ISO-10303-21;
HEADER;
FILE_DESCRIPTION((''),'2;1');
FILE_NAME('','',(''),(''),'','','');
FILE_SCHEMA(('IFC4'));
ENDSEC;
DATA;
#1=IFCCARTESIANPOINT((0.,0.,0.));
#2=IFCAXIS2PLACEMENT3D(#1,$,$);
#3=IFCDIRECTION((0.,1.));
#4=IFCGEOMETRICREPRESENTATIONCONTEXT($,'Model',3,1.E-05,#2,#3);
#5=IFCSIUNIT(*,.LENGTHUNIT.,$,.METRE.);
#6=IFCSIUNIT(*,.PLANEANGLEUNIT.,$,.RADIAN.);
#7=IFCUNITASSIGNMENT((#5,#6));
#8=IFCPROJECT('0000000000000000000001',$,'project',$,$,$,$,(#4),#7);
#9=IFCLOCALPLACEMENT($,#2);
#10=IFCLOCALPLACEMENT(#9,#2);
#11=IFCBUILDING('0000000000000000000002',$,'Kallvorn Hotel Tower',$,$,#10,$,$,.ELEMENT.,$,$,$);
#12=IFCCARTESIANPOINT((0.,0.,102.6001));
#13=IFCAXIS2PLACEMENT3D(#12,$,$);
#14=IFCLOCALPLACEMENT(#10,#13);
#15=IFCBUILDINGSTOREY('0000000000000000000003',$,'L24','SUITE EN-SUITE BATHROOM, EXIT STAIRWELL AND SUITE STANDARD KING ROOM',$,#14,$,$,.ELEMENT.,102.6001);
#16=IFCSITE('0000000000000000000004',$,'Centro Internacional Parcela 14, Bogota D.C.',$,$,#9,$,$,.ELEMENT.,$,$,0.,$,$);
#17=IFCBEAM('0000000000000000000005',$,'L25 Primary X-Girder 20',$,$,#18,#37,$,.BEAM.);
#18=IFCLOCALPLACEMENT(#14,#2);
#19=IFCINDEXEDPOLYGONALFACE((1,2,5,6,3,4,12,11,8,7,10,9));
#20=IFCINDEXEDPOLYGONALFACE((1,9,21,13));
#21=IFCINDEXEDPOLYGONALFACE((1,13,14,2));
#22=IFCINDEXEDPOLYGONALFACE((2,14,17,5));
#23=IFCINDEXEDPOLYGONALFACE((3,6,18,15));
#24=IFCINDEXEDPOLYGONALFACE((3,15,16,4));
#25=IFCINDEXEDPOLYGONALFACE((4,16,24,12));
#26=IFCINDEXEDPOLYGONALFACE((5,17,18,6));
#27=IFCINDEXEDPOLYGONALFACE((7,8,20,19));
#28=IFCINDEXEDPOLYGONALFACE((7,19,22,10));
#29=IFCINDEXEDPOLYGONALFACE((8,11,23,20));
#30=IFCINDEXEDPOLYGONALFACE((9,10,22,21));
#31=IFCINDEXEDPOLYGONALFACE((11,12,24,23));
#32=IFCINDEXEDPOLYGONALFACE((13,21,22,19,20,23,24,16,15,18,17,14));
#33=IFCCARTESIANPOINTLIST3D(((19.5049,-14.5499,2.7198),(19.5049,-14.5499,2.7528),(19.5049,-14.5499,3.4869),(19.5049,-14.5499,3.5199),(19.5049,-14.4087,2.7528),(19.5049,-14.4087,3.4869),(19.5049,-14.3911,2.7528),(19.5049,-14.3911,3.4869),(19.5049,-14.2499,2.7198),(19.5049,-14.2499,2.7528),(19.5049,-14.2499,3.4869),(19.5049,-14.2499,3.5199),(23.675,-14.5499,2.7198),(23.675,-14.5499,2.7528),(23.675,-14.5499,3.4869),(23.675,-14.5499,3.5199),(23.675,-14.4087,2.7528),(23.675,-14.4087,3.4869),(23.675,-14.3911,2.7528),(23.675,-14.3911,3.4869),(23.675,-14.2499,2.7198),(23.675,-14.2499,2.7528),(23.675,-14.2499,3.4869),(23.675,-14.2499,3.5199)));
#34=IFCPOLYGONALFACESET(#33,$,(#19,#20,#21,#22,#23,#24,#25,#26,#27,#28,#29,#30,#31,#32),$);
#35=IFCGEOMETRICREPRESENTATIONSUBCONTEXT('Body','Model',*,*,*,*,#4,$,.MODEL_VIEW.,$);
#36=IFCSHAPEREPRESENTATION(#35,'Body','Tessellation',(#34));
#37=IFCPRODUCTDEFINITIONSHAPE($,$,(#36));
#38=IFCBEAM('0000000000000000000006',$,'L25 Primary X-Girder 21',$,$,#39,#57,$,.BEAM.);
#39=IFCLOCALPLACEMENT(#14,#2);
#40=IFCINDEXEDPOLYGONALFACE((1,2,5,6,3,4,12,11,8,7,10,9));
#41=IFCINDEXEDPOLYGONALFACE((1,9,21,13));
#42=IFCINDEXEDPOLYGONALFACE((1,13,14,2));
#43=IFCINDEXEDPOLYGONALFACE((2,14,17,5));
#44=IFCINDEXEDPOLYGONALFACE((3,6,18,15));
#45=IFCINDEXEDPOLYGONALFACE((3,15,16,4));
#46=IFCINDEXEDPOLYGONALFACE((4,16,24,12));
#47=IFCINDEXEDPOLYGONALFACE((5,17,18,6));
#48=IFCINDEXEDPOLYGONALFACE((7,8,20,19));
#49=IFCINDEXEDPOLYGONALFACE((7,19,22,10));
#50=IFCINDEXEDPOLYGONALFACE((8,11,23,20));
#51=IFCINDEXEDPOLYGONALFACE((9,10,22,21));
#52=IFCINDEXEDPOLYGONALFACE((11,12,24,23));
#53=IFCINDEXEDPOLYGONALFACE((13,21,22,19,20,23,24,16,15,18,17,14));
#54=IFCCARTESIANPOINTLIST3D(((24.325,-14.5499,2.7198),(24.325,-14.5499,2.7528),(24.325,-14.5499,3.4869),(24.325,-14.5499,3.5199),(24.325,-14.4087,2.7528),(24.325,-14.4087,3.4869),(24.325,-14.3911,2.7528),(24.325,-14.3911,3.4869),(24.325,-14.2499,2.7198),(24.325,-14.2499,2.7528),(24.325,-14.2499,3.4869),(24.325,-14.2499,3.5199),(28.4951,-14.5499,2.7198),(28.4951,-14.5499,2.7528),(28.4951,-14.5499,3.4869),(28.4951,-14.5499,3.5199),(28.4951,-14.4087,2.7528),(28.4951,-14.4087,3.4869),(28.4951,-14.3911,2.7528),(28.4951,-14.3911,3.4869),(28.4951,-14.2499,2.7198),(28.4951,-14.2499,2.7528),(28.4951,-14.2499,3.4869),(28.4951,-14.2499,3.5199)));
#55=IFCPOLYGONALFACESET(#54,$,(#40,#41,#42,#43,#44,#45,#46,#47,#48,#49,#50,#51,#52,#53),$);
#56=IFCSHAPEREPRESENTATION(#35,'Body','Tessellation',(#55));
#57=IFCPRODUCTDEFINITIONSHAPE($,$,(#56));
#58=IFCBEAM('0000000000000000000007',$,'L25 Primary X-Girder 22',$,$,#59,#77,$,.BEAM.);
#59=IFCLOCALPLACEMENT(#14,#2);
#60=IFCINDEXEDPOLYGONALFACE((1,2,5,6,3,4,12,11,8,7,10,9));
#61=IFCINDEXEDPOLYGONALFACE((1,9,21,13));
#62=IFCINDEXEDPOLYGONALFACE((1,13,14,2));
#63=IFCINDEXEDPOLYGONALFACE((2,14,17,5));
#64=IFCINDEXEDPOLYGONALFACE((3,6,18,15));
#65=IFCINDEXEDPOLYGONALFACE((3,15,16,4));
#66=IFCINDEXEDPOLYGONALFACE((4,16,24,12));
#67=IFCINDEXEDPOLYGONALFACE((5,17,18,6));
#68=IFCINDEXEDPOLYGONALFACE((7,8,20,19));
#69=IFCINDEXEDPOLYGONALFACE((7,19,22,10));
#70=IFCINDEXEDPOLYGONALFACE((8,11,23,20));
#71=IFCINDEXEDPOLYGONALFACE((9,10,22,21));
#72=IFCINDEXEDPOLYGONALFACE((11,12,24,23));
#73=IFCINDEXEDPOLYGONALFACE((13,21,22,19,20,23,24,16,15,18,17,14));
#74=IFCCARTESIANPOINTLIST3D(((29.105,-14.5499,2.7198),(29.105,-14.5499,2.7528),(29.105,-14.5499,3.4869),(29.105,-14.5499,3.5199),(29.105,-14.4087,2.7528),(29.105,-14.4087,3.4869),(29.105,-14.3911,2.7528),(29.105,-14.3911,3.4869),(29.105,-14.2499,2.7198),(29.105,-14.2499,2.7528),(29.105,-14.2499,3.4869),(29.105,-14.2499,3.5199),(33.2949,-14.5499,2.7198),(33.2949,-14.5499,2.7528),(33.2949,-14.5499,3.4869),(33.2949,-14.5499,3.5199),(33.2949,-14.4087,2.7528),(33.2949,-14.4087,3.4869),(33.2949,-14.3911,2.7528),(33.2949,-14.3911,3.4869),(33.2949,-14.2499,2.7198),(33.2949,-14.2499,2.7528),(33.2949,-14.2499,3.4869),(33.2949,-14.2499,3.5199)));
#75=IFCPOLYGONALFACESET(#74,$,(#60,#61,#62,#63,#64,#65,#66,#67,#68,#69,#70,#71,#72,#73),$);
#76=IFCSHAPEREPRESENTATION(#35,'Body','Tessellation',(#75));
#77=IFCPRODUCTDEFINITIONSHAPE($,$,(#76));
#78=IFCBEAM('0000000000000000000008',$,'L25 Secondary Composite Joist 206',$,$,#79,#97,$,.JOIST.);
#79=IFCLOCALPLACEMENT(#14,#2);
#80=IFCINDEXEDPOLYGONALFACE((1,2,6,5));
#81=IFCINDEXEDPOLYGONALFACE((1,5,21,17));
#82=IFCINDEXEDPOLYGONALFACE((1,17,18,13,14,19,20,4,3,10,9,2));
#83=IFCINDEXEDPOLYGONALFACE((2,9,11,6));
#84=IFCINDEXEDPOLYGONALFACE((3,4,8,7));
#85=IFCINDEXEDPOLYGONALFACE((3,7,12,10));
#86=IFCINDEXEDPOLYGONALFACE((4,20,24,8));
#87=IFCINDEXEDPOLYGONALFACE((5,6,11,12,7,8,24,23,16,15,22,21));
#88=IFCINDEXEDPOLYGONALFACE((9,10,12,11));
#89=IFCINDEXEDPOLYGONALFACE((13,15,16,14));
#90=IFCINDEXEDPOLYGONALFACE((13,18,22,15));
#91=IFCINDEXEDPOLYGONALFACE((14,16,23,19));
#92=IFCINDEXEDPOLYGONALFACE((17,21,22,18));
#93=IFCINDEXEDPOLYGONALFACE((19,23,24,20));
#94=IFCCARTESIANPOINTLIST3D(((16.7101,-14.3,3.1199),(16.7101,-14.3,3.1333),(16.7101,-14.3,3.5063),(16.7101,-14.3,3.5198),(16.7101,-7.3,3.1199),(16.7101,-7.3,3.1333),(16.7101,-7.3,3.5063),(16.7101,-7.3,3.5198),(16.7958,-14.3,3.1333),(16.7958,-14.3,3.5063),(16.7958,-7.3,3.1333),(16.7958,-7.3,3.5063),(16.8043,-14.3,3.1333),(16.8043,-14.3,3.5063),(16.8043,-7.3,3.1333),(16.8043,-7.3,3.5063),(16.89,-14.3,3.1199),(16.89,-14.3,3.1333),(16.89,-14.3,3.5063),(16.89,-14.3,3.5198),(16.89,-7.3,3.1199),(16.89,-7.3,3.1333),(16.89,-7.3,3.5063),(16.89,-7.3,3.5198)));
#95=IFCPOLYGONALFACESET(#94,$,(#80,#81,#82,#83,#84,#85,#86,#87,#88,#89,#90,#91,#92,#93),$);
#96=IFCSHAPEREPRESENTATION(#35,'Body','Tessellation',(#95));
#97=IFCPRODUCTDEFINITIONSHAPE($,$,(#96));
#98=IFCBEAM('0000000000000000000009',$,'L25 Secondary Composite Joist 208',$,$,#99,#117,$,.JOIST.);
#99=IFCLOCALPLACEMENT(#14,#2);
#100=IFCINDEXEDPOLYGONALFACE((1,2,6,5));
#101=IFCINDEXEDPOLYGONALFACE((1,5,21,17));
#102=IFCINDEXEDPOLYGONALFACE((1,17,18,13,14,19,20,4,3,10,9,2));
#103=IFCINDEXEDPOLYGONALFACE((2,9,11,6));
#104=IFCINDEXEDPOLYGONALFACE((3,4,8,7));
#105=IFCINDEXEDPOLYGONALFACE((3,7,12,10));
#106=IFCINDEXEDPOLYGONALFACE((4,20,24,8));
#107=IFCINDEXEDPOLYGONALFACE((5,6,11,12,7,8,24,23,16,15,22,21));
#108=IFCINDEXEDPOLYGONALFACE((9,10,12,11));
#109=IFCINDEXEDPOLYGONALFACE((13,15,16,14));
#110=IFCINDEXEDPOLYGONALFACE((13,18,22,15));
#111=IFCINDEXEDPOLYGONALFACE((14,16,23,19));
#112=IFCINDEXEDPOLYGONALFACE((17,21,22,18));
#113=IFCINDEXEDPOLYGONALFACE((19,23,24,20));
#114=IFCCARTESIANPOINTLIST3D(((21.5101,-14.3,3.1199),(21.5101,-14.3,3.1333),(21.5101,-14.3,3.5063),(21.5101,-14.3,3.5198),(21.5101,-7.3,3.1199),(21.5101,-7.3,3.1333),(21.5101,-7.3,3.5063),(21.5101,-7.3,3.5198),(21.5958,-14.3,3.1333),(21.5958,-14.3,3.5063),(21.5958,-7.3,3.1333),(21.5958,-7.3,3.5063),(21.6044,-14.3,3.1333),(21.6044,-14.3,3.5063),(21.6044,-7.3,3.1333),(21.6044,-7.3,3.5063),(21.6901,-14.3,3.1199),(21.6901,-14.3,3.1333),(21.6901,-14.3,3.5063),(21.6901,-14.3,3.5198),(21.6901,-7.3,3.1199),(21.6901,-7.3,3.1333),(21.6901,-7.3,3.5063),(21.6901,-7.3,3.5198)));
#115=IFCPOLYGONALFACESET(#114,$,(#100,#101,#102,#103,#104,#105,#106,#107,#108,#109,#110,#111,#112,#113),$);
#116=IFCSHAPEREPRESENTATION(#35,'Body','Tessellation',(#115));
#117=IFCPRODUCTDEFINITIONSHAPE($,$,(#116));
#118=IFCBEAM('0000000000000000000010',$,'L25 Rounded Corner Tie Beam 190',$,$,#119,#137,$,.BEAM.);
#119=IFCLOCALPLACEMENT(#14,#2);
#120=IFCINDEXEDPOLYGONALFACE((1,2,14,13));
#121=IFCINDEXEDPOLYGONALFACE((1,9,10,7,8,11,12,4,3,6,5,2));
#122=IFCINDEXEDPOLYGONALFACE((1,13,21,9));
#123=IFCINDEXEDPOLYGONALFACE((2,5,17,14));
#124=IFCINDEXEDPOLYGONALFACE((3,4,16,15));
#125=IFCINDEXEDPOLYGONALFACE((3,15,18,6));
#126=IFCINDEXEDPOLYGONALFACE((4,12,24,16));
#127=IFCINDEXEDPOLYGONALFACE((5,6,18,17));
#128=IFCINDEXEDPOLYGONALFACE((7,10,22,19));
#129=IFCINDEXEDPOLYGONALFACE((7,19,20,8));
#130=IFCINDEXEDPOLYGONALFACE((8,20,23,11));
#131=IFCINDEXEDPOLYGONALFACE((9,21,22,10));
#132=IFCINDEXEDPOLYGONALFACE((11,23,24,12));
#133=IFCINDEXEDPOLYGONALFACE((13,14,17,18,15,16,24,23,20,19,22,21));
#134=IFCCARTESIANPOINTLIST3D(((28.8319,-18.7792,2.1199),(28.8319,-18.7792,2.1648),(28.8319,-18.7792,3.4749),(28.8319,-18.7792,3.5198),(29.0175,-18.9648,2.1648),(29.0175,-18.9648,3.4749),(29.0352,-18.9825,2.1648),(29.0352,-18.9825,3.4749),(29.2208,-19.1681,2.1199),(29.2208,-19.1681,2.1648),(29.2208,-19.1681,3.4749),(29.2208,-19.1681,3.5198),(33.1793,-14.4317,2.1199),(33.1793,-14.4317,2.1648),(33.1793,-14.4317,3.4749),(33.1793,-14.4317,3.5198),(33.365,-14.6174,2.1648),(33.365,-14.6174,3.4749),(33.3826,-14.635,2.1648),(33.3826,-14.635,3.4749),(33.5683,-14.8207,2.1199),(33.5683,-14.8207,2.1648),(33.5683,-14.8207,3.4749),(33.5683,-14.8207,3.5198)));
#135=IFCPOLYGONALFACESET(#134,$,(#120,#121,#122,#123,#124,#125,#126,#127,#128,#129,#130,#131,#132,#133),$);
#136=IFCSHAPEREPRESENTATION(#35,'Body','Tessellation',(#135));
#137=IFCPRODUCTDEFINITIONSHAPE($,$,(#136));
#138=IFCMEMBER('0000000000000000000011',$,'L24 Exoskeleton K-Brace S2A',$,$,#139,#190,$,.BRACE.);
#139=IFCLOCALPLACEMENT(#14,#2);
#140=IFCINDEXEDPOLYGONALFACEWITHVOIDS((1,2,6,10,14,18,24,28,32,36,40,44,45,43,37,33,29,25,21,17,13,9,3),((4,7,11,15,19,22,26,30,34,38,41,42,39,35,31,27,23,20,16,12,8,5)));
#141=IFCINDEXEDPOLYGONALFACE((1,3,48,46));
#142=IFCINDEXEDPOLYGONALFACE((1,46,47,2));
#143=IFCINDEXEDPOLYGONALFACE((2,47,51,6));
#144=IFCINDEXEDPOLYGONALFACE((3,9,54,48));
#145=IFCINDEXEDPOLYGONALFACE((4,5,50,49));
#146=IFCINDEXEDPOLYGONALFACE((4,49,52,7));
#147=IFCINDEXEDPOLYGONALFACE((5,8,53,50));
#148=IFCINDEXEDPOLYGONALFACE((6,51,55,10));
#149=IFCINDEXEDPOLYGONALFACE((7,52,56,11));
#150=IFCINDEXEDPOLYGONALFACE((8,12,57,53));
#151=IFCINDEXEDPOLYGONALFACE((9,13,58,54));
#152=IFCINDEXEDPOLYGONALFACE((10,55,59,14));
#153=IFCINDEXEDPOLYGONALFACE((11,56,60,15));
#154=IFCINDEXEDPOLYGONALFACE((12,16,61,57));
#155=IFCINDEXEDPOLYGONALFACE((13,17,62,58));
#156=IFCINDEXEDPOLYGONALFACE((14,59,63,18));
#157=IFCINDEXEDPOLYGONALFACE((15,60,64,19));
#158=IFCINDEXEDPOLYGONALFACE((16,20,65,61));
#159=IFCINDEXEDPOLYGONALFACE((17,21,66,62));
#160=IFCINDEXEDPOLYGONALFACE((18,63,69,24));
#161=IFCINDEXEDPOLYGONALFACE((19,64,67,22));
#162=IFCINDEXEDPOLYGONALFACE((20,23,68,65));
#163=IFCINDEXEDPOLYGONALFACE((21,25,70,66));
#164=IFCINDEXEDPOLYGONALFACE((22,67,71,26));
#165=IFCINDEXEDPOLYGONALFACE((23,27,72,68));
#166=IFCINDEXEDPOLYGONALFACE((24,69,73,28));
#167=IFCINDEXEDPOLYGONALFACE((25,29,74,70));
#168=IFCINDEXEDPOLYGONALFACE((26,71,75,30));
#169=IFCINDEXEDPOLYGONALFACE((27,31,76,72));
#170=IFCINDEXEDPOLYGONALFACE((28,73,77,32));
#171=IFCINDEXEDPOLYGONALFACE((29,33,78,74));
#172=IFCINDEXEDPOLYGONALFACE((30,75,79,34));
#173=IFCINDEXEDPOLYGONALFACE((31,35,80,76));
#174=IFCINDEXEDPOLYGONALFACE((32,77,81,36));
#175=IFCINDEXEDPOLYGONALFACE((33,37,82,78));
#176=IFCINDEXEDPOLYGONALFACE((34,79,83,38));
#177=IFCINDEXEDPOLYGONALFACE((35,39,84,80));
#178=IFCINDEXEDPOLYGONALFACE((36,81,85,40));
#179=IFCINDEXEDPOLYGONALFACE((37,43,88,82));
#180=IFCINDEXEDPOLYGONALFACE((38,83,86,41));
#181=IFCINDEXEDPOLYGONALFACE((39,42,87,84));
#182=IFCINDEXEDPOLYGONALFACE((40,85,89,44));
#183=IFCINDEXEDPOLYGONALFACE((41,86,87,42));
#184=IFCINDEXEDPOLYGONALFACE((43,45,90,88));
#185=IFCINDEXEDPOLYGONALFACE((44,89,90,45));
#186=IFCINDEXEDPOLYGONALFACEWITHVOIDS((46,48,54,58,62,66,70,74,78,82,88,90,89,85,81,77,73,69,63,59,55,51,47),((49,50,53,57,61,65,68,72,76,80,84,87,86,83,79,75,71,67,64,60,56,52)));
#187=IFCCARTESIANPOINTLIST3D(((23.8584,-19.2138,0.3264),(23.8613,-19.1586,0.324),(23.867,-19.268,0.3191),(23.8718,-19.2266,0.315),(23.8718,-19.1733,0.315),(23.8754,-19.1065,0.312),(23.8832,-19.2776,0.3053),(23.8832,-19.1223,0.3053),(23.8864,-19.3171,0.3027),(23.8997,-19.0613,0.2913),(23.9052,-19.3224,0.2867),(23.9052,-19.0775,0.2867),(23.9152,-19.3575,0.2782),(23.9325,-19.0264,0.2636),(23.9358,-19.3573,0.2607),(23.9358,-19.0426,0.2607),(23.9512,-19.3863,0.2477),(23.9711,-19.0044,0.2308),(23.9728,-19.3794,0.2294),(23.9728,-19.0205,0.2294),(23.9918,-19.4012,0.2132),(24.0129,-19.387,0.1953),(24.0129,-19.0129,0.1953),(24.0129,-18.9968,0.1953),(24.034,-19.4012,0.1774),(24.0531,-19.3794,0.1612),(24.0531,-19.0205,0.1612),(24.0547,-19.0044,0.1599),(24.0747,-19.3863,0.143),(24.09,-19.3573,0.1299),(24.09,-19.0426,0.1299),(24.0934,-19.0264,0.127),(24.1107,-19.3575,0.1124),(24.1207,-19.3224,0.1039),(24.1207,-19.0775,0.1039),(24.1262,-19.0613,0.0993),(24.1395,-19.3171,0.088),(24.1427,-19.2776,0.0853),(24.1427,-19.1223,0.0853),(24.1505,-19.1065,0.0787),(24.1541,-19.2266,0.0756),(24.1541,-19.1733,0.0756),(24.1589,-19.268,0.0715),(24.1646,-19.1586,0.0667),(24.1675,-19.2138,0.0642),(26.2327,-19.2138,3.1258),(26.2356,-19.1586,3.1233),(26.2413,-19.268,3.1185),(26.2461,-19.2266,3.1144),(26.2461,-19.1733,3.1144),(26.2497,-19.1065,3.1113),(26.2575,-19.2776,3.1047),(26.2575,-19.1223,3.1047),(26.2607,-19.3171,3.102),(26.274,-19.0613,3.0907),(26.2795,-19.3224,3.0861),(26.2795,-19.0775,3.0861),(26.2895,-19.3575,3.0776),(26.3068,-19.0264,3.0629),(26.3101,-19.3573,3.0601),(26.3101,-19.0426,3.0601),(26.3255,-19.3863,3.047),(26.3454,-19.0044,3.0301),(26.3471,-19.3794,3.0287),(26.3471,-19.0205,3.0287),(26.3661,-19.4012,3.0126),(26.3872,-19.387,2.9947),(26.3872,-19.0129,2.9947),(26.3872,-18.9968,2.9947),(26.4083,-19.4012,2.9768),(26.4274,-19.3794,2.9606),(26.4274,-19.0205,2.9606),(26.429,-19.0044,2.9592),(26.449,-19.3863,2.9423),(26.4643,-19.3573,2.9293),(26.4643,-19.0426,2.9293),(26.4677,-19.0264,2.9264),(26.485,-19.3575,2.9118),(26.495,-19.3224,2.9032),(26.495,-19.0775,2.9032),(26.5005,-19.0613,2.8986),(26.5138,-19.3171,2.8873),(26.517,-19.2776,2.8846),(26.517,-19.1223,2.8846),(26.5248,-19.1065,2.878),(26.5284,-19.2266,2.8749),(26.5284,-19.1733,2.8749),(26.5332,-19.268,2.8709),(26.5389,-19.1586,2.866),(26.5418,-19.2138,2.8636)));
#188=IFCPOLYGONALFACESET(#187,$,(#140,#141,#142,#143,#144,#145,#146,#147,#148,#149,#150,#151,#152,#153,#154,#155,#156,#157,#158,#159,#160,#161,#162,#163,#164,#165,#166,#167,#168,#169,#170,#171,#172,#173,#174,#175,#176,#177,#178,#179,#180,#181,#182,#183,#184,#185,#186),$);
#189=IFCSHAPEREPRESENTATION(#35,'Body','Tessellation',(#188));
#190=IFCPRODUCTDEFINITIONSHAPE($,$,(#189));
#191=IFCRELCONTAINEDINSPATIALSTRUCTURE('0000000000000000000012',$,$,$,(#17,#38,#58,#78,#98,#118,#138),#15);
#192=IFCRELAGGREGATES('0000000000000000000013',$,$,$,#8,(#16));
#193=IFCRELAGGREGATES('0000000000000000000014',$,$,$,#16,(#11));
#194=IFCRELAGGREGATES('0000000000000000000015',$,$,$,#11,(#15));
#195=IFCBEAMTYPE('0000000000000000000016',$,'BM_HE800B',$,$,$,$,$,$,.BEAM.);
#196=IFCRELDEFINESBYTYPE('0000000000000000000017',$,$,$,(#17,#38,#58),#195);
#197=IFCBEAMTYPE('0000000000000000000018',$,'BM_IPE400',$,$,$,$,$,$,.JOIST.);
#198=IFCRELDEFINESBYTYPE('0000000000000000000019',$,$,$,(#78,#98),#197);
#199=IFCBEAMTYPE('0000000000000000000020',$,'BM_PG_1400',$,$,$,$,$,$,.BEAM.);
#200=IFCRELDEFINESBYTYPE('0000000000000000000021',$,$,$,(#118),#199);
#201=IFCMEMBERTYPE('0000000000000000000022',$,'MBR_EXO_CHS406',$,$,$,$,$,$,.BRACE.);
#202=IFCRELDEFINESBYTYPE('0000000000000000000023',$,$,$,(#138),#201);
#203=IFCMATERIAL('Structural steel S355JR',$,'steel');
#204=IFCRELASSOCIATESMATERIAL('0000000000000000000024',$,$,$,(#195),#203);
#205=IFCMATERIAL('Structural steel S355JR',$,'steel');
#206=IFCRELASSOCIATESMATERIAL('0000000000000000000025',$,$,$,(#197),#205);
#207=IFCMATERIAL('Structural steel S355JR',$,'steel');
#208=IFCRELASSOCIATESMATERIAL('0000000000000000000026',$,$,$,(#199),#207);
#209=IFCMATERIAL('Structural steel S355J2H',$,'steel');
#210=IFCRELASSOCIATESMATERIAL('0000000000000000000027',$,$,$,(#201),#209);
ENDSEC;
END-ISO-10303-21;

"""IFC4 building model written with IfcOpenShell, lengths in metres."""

from ifc_helpers import new_model, si_unit, direction, frame, origin, origin_2d, place, context, subcontext, project, spatial, hollow_circle, i_section, extrude, material, material_profile, profile_set, type_object, element, save


model = new_model("IFC4")

# Units and contexts
model_context = context("Model", 3, precision=1e-05, world=origin(), true_north=direction((0.0, 1.0)))
body_context = subcontext(model_context, "Body", "Model", "MODEL_VIEW")
ifc_project = project(units=[si_unit("LENGTHUNIT", "METRE"), si_unit("PLANEANGLEUNIT", "RADIAN")], contexts=[model_context])

# Site, building, storey
site_placement = place(None, origin())
site = spatial("IfcSite", under=ifc_project, at=site_placement, Name="Centro Internacional Parcela 14, Bogota D.C.", CompositionType="ELEMENT", RefElevation=0.0)
building_placement = place(site_placement, origin())
building = spatial("IfcBuilding", under=site, at=building_placement, Name="Kallvorn Hotel Tower", CompositionType="ELEMENT")
storey_placement = place(building_placement, frame((0.0, 0.0, 102.6001)))
storey = spatial("IfcBuildingStorey", under=building, at=storey_placement, Name="L24", Description="SUITE EN-SUITE BATHROOM, EXIT STAIRWELL AND SUITE STANDARD KING ROOM", CompositionType="ELEMENT", Elevation=102.6001)

# Beams
ifc_material_1 = material(Name="Structural steel S355JR", Category="steel")
ifc_material_profile_1 = material_profile(ifc_material_1, i_section(OverallWidth=0.3, OverallDepth=0.8, WebThickness=0.0176, FlangeThickness=0.033, at=origin_2d()), Name="HE 800 B")
ifc_profile_set_1 = profile_set([ifc_material_profile_1], Name="Structural steel S355JR")
beam_type_1 = type_object("IfcBeamType", Name="BM_HE800B", PredefinedType="BEAM", material=ifc_profile_set_1)
for number, where, z_axis, x_axis, name in (
    (1, (19.5049, -14.3999, 3.1199), (1.0, 0.0, 0.0), (0.0, 1.0, 0.0), "L25 Primary X-Girder 20"),
    (2, (24.325, -14.3999, 3.1199), (1.0, 0.0, 0.0), (0.0, 1.0, 0.0), "L25 Primary X-Girder 21"),
):
    element("IfcBeam", number, at=place(storey_placement, frame(where, z_axis=z_axis, x_axis=x_axis)), inside=storey, type_object=beam_type_1, Name=name, PredefinedType="BEAM", context=body_context, shape_type="SweptSolid", body=[
        extrude(i_section(OverallWidth=0.3, OverallDepth=0.8, WebThickness=0.0176, FlangeThickness=0.033, at=origin_2d()), origin(), (0.0, 0.0, 1.0), 4.1702),
    ])
beam_1_placement = place(storey_placement, frame((29.105, -14.3999, 3.1199), z_axis=(1.0, 0.0, 0.0), x_axis=(0.0, 1.0, 0.0)))
element("IfcBeam", 3, at=beam_1_placement, inside=storey, type_object=beam_type_1, Name="L25 Primary X-Girder 22", PredefinedType="BEAM", context=body_context, shape_type="SweptSolid", body=[
    extrude(i_section(OverallWidth=0.3, OverallDepth=0.8, WebThickness=0.0176, FlangeThickness=0.033, at=origin_2d()), origin(), (0.0, 0.0, 1.0), 4.1899),
])
ifc_material_2 = material(Name="Structural steel S355JR", Category="steel")
ifc_material_profile_2 = material_profile(ifc_material_2, i_section(OverallWidth=0.1799, OverallDepth=0.3999, WebThickness=0.0085, FlangeThickness=0.0134, at=origin_2d()), Name="IPE 400")
ifc_profile_set_2 = profile_set([ifc_material_profile_2], Name="Structural steel S355JR")
beam_type_2 = type_object("IfcBeamType", Name="BM_IPE400", PredefinedType="JOIST", material=ifc_profile_set_2)
for number, where, z_axis, x_axis, name in (
    (4, (16.8, -14.3, 3.3198), (0.0, 1.0, 0.0), (-1.0, 0.0, 0.0), "L25 Secondary Composite Joist 206"),
    (5, (21.6001, -14.3, 3.3198), (0.0, 1.0, 0.0), (-1.0, 0.0, 0.0), "L25 Secondary Composite Joist 208"),
):
    element("IfcBeam", number, at=place(storey_placement, frame(where, z_axis=z_axis, x_axis=x_axis)), inside=storey, type_object=beam_type_2, Name=name, PredefinedType="JOIST", context=body_context, shape_type="SweptSolid", body=[
        extrude(i_section(OverallWidth=0.1799, OverallDepth=0.3999, WebThickness=0.0085, FlangeThickness=0.0134, at=origin_2d()), origin(), (0.0, 0.0, 1.0), 7.0),
    ])
ifc_material_3 = material(Name="Structural steel S355JR", Category="steel")
ifc_material_profile_3 = material_profile(ifc_material_3, i_section(OverallWidth=0.55, OverallDepth=1.3999, WebThickness=0.0249, FlangeThickness=0.0449, at=origin_2d()), Name="PG 1400x550x25x45")
ifc_profile_set_3 = profile_set([ifc_material_profile_3], Name="Structural steel S355JR")
beam_type_3 = type_object("IfcBeamType", Name="BM_PG_1400", PredefinedType="BEAM", material=ifc_profile_set_3)
beam_2_placement = place(storey_placement, frame((33.3738, -14.6262, 2.8198), z_axis=(-0.707107, -0.707107, 0.0), x_axis=(0.707107, -0.707107, 0.0)))
element("IfcBeam", 6, at=beam_2_placement, inside=storey, type_object=beam_type_3, Name="L25 Rounded Corner Tie Beam 190", PredefinedType="BEAM", context=body_context, shape_type="SweptSolid", body=[
    extrude(i_section(OverallWidth=0.55, OverallDepth=1.3999, WebThickness=0.0249, FlangeThickness=0.0449, at=origin_2d()), origin(), (0.0, 0.0, 1.0), 6.1482),
])

# Member
ifc_material_4 = material(Name="Structural steel S355J2H", Category="steel")
ifc_material_profile_4 = material_profile(ifc_material_4, hollow_circle(Radius=0.2031, WallThickness=0.0161, at=origin_2d()), Name="CHS 406.4x16")
ifc_profile_set_4 = profile_set([ifc_material_profile_4], Name="Structural steel S355J2H")
member_type = type_object("IfcMemberType", Name="MBR_EXO_CHS406", PredefinedType="BRACE", material=ifc_profile_set_4)
for number, where, z_axis, x_axis, name in (
    (7, (24.0129, -19.2, 0.1953), (0.646833, 0.0, 0.762631), (0.0, 1.0, 0.0), "L24 Exoskeleton K-Brace S2A"),
):
    element("IfcMember", number, at=place(storey_placement, frame(where, z_axis=z_axis, x_axis=x_axis)), inside=storey, type_object=member_type, Name=name, PredefinedType="BRACE", context=body_context, shape_type="SweptSolid", body=[
        extrude(hollow_circle(Radius=0.2031, WallThickness=0.0161, at=origin_2d()), origin(), (0.0, 0.0, 1.0), 3.6707),
    ])

save(model, "model.ifc")
